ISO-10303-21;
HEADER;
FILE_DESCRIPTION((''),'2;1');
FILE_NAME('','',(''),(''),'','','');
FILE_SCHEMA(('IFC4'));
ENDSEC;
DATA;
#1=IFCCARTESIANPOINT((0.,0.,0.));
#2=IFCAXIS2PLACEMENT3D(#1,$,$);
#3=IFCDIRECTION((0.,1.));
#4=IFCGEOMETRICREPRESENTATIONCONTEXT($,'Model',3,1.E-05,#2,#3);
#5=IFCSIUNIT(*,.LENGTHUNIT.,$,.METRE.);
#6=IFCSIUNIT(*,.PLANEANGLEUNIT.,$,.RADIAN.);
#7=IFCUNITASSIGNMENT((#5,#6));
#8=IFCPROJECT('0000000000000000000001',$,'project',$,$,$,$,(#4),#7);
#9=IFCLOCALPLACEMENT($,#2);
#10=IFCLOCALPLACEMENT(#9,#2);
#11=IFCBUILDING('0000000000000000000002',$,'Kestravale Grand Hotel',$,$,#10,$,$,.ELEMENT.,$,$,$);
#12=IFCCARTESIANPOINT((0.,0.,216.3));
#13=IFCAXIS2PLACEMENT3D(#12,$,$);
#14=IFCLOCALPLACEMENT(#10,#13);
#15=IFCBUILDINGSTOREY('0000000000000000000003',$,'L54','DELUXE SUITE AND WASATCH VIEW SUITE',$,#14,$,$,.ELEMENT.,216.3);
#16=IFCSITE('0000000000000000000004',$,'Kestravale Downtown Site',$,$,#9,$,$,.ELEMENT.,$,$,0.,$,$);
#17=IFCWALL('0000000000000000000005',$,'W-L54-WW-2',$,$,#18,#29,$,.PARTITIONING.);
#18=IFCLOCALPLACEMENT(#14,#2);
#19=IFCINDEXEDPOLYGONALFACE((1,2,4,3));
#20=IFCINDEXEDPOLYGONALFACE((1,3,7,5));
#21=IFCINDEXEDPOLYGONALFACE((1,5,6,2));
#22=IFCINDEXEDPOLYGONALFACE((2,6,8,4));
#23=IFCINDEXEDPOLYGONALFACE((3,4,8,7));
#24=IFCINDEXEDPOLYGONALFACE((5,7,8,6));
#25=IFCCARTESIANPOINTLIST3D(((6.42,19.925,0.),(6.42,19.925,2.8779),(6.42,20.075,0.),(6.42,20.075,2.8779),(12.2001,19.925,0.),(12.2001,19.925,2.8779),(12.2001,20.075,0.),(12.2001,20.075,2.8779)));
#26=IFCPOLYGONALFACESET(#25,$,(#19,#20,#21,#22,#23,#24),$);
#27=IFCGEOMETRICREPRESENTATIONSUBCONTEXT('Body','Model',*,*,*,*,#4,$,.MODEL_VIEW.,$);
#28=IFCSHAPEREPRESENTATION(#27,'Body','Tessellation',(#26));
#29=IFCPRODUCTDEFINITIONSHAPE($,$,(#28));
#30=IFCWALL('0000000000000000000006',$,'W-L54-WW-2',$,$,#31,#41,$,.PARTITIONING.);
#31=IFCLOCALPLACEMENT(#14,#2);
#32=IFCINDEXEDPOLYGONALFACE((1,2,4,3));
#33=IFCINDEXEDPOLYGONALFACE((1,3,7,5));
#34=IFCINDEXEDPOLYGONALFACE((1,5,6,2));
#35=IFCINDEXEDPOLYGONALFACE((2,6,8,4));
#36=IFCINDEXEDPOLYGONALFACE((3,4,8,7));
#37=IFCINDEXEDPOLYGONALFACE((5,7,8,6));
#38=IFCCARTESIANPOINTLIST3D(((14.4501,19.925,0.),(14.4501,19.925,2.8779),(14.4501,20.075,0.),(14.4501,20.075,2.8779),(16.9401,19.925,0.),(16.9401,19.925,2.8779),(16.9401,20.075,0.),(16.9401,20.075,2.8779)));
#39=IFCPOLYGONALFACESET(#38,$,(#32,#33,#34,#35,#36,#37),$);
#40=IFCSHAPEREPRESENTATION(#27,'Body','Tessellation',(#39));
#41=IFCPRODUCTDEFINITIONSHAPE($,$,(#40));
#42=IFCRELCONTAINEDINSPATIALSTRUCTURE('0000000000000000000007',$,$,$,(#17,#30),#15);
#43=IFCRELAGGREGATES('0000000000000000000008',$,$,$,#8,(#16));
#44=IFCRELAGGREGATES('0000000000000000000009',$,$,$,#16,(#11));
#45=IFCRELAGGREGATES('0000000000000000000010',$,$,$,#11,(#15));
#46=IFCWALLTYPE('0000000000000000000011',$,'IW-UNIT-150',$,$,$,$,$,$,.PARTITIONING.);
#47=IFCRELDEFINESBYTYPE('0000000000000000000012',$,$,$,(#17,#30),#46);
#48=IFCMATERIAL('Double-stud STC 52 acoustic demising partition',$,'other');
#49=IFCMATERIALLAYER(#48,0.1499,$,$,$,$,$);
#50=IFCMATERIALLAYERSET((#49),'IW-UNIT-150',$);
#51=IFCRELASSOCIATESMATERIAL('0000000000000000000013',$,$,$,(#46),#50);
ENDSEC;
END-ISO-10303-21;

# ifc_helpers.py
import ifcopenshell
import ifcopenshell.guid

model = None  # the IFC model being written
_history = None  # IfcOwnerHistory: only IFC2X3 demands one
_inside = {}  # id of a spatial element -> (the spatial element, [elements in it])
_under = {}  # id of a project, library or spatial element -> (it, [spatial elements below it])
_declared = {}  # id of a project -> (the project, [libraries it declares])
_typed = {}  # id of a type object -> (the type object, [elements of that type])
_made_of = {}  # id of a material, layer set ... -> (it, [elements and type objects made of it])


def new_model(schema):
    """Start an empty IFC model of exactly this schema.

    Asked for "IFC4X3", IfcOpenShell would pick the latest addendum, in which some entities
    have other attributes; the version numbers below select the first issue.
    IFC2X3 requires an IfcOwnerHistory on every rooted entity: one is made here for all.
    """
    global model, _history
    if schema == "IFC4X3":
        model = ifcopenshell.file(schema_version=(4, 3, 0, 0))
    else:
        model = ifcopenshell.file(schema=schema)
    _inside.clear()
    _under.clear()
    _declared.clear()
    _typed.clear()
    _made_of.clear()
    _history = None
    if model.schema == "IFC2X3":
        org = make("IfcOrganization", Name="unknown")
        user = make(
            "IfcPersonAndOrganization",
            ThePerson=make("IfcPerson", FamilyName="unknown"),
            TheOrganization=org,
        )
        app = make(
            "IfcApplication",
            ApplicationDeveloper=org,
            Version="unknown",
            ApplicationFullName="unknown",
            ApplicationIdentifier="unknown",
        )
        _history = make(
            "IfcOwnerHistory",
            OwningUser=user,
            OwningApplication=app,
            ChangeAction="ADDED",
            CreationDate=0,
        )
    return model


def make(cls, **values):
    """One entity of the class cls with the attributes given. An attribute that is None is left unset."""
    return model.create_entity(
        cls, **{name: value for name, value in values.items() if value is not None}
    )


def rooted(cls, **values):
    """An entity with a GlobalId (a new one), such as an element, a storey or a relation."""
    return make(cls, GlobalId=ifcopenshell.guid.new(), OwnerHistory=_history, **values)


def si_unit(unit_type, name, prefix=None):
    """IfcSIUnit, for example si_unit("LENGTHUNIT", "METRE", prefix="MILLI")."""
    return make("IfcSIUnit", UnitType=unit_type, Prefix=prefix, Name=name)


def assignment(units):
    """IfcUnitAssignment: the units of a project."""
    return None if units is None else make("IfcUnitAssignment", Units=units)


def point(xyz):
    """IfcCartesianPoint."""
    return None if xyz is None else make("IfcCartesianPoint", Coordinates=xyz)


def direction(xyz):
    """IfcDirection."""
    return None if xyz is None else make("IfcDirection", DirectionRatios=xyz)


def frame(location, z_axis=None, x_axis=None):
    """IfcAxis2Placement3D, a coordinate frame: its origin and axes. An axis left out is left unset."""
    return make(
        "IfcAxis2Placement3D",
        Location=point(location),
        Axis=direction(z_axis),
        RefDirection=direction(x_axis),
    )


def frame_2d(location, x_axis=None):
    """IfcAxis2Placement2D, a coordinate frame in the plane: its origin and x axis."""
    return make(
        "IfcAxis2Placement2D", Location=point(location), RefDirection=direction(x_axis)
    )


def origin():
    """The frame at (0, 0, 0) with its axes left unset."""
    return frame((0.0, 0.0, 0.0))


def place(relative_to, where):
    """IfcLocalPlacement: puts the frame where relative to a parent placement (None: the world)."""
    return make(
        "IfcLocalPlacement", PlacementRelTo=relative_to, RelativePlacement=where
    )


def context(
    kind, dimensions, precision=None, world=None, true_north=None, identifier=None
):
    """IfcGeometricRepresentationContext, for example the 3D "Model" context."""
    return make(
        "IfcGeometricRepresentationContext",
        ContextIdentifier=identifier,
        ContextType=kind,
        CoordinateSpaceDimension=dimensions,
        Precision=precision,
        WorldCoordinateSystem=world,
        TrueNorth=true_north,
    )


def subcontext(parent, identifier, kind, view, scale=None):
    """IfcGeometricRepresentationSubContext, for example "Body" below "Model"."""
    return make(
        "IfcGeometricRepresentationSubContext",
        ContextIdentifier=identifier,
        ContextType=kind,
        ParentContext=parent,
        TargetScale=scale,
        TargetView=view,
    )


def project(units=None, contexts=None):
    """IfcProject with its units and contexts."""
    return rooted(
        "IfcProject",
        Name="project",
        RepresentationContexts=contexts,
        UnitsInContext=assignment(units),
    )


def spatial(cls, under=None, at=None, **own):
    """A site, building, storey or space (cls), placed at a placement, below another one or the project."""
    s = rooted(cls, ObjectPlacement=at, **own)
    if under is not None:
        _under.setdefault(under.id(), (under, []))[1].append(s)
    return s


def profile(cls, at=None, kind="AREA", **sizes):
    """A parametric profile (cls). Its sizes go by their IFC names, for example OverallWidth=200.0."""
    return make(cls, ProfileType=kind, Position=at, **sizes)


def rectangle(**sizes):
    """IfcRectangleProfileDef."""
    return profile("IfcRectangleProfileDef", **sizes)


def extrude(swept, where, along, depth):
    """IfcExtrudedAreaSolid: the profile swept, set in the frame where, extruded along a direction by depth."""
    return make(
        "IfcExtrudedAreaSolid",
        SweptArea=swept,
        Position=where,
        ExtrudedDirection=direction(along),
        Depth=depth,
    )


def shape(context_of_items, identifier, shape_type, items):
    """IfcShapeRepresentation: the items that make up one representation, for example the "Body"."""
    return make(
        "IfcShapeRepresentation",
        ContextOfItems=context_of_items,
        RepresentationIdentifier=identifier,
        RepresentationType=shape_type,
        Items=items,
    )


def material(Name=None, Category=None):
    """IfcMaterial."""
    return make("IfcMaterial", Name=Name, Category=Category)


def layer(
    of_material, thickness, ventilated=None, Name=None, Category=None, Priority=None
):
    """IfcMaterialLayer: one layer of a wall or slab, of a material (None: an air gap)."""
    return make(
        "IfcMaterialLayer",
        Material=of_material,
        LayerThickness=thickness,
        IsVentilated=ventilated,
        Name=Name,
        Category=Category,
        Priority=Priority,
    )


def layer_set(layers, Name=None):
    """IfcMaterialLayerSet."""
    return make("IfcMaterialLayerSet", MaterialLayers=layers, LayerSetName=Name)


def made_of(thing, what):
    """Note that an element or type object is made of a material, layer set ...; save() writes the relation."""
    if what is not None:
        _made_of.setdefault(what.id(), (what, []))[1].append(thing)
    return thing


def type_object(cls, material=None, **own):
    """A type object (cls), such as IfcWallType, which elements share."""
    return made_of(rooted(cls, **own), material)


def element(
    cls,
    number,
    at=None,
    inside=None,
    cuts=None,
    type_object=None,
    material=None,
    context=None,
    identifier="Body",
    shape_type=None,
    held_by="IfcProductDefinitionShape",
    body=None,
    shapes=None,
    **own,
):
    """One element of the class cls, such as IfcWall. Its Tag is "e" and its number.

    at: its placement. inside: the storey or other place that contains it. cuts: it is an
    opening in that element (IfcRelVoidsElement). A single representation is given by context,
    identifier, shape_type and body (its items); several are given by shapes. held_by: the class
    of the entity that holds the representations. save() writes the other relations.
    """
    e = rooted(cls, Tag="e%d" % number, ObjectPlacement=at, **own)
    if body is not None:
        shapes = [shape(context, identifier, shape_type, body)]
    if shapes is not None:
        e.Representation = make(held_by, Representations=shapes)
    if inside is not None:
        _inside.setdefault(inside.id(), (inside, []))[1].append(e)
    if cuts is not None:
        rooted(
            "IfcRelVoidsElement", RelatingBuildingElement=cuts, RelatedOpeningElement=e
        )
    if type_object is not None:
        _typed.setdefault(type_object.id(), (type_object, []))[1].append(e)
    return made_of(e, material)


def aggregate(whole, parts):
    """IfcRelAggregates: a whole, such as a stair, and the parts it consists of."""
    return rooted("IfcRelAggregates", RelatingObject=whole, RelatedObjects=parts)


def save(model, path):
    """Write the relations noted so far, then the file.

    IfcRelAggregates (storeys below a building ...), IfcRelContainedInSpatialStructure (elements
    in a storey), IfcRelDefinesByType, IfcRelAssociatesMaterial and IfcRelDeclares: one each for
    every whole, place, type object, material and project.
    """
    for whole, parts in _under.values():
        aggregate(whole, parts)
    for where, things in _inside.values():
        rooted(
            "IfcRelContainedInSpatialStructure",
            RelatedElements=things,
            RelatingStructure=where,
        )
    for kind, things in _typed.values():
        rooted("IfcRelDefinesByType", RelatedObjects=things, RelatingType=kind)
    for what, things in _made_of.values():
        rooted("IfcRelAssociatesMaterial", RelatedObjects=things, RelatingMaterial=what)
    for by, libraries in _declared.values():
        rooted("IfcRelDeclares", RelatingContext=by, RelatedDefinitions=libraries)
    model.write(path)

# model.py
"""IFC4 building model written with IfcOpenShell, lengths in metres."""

from ifc_helpers import new_model, si_unit, direction, frame, frame_2d, origin, place, context, subcontext, project, spatial, rectangle, extrude, material, layer, layer_set, type_object, element, save


model = new_model("IFC4")

# Units and contexts
model_context = context("Model", 3, precision=1e-05, world=origin(), true_north=direction((0.0, 1.0)))
body_context = subcontext(model_context, "Body", "Model", "MODEL_VIEW")
ifc_project = project(units=[si_unit("LENGTHUNIT", "METRE"), si_unit("PLANEANGLEUNIT", "RADIAN")], contexts=[model_context])

# Site, building, storey
site_placement = place(None, origin())
site = spatial("IfcSite", under=ifc_project, at=site_placement, Name="Kestravale Downtown Site", CompositionType="ELEMENT", RefElevation=0.0)
building_placement = place(site_placement, origin())
building = spatial("IfcBuilding", under=site, at=building_placement, Name="Kestravale Grand Hotel", CompositionType="ELEMENT")
storey_placement = place(building_placement, frame((0.0, 0.0, 216.3)))
storey = spatial("IfcBuildingStorey", under=building, at=storey_placement, Name="L54", Description="DELUXE SUITE AND WASATCH VIEW SUITE", CompositionType="ELEMENT", Elevation=216.3)

# Walls
ifc_material_1 = material(Name="Double-stud STC 52 acoustic demising partition", Category="other")
ifc_layer_1 = layer(ifc_material_1, 0.1499)
ifc_layer_set_1 = layer_set([ifc_layer_1], Name="IW-UNIT-150")
wall_type_1 = type_object("IfcWallType", Name="IW-UNIT-150", PredefinedType="PARTITIONING", material=ifc_layer_set_1)
wall_1_placement = place(storey_placement, frame((6.4199, 20.0, 0.0), z_axis=(0.0, 0.0, 1.0), x_axis=(1.0, 0.0, 0.0)))
element("IfcWall", 1, at=wall_1_placement, inside=storey, type_object=wall_type_1, Name="W-L54-WW-2", PredefinedType="PARTITIONING", context=body_context, shape_type="SweptSolid", body=[
    extrude(rectangle(XDim=5.78, YDim=0.1499, at=frame_2d((2.8901, 0.0))), origin(), (0.0, 0.0, 1.0), 2.8779),
])
wall_2_placement = place(storey_placement, frame((14.45, 20.0, 0.0), z_axis=(0.0, 0.0, 1.0), x_axis=(1.0, 0.0, 0.0)))
element("IfcWall", 2, at=wall_2_placement, inside=storey, type_object=wall_type_1, Name="W-L54-WW-2", PredefinedType="PARTITIONING", context=body_context, shape_type="SweptSolid", body=[
    extrude(rectangle(XDim=2.49, YDim=0.1499, at=frame_2d((1.2451, 0.0))), origin(), (0.0, 0.0, 1.0), 2.8779),
])

save(model, "model.ifc")
